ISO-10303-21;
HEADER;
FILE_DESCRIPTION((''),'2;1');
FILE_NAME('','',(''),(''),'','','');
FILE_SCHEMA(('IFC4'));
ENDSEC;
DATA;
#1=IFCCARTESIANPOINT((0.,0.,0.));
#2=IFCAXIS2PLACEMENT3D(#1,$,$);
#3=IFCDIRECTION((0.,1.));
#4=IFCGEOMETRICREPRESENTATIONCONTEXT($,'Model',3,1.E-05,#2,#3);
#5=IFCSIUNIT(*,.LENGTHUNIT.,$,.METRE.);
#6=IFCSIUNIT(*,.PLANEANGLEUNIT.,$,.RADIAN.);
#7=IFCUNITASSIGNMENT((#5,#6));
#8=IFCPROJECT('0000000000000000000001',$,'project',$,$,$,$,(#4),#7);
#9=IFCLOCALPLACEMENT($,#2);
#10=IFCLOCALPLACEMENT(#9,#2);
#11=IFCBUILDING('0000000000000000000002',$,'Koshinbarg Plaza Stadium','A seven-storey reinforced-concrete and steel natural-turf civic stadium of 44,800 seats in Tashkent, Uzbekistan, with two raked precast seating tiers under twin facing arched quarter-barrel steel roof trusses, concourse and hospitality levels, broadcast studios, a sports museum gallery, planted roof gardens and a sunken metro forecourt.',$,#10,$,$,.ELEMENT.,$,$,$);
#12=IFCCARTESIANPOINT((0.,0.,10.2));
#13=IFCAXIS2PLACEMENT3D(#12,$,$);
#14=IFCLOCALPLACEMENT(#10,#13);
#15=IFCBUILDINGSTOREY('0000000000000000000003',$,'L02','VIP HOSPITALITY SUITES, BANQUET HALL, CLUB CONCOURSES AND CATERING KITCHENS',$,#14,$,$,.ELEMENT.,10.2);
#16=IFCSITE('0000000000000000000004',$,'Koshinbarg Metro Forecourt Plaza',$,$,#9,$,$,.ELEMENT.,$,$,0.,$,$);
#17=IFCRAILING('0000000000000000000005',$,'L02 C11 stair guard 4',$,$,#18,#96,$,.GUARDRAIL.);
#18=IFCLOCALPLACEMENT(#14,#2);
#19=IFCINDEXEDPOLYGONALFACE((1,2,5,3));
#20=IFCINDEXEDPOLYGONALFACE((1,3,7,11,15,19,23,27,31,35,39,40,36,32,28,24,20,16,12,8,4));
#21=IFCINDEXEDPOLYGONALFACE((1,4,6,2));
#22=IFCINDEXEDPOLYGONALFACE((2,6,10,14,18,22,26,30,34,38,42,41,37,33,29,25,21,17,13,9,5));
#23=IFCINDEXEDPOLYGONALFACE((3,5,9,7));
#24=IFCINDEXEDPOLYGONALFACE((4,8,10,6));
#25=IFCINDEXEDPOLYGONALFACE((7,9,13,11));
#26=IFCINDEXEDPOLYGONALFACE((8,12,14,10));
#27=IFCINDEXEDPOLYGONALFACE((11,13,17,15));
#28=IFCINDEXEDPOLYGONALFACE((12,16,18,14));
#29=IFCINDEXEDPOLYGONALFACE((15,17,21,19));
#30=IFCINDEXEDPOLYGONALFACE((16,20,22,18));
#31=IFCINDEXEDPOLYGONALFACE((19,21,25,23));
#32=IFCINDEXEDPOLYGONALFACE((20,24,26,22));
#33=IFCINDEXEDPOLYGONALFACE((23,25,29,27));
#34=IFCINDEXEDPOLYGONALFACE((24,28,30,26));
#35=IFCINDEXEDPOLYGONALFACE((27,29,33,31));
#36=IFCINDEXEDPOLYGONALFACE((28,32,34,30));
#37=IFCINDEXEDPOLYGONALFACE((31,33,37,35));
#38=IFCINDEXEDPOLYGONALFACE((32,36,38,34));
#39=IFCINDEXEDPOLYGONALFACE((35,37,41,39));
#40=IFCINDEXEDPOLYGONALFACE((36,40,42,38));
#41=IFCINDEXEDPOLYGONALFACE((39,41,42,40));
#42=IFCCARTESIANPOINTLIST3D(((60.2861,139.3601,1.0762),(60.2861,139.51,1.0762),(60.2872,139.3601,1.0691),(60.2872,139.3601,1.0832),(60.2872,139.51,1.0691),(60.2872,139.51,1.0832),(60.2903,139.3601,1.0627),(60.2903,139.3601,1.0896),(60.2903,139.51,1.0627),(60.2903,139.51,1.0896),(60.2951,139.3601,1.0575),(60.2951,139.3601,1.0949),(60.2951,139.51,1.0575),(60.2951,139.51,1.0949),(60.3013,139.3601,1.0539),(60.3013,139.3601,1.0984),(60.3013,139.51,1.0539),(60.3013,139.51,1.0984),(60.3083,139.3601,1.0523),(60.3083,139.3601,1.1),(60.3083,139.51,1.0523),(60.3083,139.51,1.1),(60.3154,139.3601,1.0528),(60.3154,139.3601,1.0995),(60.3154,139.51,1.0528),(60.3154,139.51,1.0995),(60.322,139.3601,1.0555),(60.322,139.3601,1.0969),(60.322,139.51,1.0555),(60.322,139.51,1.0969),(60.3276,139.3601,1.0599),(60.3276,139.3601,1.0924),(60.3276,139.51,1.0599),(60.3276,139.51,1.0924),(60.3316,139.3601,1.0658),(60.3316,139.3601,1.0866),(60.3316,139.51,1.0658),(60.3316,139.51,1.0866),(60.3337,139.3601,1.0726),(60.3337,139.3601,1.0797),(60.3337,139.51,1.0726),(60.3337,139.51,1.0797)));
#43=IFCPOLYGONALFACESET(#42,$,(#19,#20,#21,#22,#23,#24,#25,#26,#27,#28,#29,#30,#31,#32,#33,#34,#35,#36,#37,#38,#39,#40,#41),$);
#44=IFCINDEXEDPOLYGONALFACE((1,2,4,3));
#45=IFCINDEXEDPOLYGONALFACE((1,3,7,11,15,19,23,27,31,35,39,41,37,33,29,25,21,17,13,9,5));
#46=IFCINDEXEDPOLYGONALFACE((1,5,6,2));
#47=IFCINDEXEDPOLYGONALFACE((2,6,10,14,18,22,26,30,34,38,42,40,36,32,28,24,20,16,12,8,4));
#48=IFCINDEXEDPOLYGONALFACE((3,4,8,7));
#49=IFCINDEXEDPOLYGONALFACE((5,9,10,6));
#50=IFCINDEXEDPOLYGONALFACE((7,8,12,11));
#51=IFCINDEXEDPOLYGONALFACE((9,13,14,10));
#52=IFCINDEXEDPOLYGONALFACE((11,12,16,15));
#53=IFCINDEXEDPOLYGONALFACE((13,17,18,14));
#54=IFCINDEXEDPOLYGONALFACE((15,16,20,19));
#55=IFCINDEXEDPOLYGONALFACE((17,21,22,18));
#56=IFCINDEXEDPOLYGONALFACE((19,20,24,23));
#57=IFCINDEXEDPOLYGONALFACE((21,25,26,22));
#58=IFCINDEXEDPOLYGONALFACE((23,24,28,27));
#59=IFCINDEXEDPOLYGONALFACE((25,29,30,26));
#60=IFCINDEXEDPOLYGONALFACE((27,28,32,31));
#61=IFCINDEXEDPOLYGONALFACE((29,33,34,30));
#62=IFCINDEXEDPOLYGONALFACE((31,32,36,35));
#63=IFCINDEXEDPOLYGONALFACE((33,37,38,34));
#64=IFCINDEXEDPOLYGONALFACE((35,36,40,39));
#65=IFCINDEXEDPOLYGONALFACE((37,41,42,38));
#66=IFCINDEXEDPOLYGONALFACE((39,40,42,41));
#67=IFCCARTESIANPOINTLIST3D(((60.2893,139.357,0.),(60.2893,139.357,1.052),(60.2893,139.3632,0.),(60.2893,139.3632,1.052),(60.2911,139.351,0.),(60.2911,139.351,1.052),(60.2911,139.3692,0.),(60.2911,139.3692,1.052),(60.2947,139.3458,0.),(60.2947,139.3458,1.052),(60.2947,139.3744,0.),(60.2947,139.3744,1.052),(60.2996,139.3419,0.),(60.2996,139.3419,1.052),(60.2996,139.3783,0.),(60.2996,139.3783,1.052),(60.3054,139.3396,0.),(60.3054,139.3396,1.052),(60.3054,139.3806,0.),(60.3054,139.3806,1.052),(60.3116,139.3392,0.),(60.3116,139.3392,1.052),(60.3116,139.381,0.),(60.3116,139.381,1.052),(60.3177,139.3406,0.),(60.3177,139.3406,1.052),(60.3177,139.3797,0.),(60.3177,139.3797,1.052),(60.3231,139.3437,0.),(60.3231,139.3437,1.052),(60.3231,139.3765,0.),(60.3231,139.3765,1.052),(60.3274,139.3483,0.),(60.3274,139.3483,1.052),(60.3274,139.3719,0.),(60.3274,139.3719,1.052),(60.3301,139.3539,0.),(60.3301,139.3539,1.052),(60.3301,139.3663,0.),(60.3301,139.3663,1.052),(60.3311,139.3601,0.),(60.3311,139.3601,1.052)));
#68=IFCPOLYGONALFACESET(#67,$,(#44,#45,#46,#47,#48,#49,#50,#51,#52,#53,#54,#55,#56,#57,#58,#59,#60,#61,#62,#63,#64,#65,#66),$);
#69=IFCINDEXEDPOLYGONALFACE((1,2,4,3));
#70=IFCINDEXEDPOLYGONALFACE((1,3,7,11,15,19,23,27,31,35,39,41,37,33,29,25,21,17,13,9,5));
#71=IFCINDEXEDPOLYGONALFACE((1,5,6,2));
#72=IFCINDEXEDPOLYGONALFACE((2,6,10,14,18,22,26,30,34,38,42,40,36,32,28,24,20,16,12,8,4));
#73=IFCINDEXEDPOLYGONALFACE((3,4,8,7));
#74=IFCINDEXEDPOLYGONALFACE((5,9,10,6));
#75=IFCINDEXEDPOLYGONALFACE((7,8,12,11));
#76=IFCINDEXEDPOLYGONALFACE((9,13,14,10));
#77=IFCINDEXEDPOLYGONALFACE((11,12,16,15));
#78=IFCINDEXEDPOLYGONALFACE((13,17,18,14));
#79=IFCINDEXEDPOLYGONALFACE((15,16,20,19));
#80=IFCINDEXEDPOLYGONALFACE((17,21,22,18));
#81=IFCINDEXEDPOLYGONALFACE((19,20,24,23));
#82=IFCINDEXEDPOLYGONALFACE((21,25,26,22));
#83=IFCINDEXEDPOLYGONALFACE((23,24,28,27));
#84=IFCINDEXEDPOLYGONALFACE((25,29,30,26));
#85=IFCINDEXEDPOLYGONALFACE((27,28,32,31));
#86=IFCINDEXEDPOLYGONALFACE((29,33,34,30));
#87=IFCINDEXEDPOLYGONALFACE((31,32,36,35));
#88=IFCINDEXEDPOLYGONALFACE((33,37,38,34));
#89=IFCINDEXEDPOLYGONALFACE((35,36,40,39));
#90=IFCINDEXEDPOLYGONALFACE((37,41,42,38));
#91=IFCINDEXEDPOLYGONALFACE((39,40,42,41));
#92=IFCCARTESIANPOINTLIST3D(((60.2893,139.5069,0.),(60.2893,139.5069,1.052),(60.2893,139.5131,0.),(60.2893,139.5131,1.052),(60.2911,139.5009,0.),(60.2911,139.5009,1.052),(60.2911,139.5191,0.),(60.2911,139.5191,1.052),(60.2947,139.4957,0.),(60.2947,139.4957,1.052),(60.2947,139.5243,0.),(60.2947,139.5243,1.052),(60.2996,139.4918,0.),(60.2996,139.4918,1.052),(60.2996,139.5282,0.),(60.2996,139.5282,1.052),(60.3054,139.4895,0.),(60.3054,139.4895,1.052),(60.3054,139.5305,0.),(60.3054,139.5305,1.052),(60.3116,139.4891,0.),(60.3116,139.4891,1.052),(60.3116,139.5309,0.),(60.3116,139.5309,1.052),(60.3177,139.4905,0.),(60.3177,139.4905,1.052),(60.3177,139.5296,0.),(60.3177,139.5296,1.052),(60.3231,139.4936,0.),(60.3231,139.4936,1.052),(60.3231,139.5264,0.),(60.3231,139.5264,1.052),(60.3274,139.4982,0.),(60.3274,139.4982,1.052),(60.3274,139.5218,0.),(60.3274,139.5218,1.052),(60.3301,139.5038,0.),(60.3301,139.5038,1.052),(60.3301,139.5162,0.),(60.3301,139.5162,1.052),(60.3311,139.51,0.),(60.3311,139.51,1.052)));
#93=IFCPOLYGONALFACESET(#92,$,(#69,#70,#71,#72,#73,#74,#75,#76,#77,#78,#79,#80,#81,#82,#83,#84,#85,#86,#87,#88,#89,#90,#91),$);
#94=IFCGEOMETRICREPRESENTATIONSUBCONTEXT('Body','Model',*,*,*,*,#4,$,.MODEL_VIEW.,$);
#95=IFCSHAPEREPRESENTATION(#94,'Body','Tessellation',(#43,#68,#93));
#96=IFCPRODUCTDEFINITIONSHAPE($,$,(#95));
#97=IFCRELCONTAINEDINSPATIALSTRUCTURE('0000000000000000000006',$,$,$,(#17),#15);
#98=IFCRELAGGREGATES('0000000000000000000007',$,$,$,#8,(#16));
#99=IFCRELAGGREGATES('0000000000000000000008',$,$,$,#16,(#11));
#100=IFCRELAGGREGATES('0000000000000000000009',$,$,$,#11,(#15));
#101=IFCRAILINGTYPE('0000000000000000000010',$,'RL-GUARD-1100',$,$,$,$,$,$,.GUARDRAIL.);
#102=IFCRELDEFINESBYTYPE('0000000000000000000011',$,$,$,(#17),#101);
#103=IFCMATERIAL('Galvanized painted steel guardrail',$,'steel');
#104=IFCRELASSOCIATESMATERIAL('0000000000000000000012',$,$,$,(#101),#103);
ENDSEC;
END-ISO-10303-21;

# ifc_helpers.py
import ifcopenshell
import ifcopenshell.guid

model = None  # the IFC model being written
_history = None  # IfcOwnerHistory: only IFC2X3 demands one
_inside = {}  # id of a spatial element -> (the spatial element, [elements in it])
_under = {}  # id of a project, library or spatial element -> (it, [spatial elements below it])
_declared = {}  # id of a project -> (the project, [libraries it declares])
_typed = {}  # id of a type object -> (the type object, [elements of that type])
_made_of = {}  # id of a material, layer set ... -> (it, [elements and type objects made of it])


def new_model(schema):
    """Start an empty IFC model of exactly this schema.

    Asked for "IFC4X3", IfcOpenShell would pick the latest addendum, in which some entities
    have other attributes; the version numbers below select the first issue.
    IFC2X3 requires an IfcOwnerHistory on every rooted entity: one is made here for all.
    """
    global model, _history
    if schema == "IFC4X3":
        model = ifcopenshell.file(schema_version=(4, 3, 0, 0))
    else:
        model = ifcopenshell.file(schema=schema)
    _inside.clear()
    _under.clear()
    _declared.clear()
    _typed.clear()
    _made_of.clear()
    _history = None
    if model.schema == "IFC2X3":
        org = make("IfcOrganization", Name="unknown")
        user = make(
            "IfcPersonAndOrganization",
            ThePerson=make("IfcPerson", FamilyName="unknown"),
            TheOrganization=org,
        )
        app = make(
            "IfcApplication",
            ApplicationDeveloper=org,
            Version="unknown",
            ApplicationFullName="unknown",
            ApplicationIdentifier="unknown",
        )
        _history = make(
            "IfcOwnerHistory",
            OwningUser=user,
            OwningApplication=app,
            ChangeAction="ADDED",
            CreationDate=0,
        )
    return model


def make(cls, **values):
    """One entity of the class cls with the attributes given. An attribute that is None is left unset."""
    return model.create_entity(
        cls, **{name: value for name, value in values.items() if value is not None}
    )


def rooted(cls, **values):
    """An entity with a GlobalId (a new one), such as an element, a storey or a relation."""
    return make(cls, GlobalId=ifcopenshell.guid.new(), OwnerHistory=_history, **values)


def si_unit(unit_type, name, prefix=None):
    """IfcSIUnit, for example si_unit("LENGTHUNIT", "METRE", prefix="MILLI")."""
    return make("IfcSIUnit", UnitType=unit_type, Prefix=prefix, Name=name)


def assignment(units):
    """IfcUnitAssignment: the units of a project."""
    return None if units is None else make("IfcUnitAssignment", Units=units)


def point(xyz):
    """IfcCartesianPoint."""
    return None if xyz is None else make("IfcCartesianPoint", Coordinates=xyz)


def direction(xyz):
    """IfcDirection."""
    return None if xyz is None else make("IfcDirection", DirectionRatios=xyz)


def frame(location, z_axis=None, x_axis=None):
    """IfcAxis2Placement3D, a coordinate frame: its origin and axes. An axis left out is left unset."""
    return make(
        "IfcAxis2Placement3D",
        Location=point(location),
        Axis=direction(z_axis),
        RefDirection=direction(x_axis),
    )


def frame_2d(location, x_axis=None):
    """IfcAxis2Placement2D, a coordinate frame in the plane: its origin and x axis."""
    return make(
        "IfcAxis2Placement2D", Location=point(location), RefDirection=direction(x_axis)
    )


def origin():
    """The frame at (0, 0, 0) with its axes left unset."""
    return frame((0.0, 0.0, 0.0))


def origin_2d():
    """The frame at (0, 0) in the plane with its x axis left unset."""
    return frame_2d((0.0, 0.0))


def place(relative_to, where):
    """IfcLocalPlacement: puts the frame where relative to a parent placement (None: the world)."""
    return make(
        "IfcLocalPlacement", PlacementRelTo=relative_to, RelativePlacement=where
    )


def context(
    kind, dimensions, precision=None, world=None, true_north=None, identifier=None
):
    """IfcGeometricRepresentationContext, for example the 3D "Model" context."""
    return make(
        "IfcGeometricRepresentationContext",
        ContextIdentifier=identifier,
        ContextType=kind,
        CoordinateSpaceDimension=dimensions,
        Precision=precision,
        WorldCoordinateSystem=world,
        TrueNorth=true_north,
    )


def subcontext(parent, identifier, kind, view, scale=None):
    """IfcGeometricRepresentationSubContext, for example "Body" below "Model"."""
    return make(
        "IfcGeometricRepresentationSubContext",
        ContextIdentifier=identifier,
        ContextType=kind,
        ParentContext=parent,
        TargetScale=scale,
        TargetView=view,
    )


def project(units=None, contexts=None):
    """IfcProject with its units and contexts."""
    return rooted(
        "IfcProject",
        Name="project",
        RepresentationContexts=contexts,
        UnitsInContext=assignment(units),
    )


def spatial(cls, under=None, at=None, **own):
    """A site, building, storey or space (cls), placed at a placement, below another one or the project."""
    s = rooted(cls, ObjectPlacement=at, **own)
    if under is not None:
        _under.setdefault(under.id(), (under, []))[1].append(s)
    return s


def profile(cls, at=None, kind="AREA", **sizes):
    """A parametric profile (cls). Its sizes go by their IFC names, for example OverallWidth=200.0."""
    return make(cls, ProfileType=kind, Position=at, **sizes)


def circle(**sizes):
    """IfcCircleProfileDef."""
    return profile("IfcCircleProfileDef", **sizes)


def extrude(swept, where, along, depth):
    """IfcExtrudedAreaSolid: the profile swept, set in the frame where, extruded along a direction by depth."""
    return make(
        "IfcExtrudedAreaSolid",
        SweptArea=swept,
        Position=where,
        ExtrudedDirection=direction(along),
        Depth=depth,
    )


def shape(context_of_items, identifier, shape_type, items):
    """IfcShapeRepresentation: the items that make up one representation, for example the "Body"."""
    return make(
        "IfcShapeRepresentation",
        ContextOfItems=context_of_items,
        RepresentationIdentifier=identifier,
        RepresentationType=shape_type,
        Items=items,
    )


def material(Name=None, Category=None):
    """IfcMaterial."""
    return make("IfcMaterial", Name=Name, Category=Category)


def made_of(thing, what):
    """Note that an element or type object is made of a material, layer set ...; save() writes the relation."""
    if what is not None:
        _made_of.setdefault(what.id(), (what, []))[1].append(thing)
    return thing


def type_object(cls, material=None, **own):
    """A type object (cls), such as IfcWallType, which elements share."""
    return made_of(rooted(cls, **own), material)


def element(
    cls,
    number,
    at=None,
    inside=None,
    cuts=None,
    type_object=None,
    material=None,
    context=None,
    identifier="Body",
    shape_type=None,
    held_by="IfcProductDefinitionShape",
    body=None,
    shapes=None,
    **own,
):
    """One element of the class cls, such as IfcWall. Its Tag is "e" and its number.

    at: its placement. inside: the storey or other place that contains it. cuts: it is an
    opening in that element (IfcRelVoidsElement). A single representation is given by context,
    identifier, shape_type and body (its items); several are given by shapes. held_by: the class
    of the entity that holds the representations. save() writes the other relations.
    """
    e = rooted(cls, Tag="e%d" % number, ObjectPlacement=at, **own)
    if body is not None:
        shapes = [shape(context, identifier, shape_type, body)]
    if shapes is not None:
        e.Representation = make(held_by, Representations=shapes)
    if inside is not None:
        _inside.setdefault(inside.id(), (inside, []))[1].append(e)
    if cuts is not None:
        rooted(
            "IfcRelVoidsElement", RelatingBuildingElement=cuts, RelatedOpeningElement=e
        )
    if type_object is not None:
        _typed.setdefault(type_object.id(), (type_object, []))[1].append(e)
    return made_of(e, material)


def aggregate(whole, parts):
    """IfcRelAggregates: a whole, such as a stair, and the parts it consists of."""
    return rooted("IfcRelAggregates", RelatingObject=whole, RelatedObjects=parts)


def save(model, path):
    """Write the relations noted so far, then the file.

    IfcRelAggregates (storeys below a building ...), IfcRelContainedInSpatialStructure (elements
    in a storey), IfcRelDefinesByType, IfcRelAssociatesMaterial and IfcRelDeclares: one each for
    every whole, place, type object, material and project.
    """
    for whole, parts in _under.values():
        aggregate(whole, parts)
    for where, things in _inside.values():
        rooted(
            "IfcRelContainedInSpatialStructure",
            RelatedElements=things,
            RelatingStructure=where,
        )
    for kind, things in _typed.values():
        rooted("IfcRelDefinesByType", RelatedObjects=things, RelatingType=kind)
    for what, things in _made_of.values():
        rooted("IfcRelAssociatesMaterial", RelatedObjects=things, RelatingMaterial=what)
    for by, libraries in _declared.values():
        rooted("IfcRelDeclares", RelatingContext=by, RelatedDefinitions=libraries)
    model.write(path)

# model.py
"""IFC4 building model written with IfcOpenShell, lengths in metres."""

from ifc_helpers import new_model, si_unit, direction, frame, origin, origin_2d, place, context, subcontext, project, spatial, circle, extrude, material, type_object, element, save


model = new_model("IFC4")

# Units and contexts
model_context = context("Model", 3, precision=1e-05, world=origin(), true_north=direction((0.0, 1.0)))
body_context = subcontext(model_context, "Body", "Model", "MODEL_VIEW")
ifc_project = project(units=[si_unit("LENGTHUNIT", "METRE"), si_unit("PLANEANGLEUNIT", "RADIAN")], contexts=[model_context])

# Site, building, storey
site_placement = place(None, origin())
site = spatial("IfcSite", under=ifc_project, at=site_placement, Name="Koshinbarg Metro Forecourt Plaza", CompositionType="ELEMENT", RefElevation=0.0)
building_placement = place(site_placement, origin())
building = spatial("IfcBuilding", under=site, at=building_placement, Name="Koshinbarg Plaza Stadium", Description="A seven-storey reinforced-concrete and steel natural-turf civic stadium of 44,800 seats in Tashkent, Uzbekistan, with two raked precast seating tiers under twin facing arched quarter-barrel steel roof trusses, concourse and hospitality levels, broadcast studios, a sports museum gallery, planted roof gardens and a sunken metro forecourt.", CompositionType="ELEMENT")
storey_placement = place(building_placement, frame((0.0, 0.0, 10.2)))
storey = spatial("IfcBuildingStorey", under=building, at=storey_placement, Name="L02", Description="VIP HOSPITALITY SUITES, BANQUET HALL, CLUB CONCOURSES AND CATERING KITCHENS", CompositionType="ELEMENT", Elevation=10.2)

# Railing
ifc_material_1 = material(Name="Galvanized painted steel guardrail", Category="steel")
railing_type_1 = type_object("IfcRailingType", Name="RL-GUARD-1100", PredefinedType="GUARDRAIL", material=ifc_material_1)
railing_1_placement = place(storey_placement, frame((60.3101, 139.3601, 0.0)))
element("IfcRailing", 1, at=railing_1_placement, inside=storey, type_object=railing_type_1, Name="L02 C11 stair guard 4", PredefinedType="GUARDRAIL", context=body_context, shape_type="SweptSolid", body=[
    extrude(circle(Radius=0.0239, at=origin_2d()), frame((0.0, 0.0, 1.0762), z_axis=(0.0, 1.0, 0.0), x_axis=(-1.0, 0.0, 0.0)), (0.0, 0.0, 1.0), 0.1499),
    extrude(circle(Radius=0.021, at=origin_2d()), origin(), (0.0, 0.0, 1.0), 1.052),
    extrude(circle(Radius=0.021, at=origin_2d()), frame((0.0, 0.1499, 0.0)), (0.0, 0.0, 1.0), 1.052),
])

save(model, "model.ifc")
